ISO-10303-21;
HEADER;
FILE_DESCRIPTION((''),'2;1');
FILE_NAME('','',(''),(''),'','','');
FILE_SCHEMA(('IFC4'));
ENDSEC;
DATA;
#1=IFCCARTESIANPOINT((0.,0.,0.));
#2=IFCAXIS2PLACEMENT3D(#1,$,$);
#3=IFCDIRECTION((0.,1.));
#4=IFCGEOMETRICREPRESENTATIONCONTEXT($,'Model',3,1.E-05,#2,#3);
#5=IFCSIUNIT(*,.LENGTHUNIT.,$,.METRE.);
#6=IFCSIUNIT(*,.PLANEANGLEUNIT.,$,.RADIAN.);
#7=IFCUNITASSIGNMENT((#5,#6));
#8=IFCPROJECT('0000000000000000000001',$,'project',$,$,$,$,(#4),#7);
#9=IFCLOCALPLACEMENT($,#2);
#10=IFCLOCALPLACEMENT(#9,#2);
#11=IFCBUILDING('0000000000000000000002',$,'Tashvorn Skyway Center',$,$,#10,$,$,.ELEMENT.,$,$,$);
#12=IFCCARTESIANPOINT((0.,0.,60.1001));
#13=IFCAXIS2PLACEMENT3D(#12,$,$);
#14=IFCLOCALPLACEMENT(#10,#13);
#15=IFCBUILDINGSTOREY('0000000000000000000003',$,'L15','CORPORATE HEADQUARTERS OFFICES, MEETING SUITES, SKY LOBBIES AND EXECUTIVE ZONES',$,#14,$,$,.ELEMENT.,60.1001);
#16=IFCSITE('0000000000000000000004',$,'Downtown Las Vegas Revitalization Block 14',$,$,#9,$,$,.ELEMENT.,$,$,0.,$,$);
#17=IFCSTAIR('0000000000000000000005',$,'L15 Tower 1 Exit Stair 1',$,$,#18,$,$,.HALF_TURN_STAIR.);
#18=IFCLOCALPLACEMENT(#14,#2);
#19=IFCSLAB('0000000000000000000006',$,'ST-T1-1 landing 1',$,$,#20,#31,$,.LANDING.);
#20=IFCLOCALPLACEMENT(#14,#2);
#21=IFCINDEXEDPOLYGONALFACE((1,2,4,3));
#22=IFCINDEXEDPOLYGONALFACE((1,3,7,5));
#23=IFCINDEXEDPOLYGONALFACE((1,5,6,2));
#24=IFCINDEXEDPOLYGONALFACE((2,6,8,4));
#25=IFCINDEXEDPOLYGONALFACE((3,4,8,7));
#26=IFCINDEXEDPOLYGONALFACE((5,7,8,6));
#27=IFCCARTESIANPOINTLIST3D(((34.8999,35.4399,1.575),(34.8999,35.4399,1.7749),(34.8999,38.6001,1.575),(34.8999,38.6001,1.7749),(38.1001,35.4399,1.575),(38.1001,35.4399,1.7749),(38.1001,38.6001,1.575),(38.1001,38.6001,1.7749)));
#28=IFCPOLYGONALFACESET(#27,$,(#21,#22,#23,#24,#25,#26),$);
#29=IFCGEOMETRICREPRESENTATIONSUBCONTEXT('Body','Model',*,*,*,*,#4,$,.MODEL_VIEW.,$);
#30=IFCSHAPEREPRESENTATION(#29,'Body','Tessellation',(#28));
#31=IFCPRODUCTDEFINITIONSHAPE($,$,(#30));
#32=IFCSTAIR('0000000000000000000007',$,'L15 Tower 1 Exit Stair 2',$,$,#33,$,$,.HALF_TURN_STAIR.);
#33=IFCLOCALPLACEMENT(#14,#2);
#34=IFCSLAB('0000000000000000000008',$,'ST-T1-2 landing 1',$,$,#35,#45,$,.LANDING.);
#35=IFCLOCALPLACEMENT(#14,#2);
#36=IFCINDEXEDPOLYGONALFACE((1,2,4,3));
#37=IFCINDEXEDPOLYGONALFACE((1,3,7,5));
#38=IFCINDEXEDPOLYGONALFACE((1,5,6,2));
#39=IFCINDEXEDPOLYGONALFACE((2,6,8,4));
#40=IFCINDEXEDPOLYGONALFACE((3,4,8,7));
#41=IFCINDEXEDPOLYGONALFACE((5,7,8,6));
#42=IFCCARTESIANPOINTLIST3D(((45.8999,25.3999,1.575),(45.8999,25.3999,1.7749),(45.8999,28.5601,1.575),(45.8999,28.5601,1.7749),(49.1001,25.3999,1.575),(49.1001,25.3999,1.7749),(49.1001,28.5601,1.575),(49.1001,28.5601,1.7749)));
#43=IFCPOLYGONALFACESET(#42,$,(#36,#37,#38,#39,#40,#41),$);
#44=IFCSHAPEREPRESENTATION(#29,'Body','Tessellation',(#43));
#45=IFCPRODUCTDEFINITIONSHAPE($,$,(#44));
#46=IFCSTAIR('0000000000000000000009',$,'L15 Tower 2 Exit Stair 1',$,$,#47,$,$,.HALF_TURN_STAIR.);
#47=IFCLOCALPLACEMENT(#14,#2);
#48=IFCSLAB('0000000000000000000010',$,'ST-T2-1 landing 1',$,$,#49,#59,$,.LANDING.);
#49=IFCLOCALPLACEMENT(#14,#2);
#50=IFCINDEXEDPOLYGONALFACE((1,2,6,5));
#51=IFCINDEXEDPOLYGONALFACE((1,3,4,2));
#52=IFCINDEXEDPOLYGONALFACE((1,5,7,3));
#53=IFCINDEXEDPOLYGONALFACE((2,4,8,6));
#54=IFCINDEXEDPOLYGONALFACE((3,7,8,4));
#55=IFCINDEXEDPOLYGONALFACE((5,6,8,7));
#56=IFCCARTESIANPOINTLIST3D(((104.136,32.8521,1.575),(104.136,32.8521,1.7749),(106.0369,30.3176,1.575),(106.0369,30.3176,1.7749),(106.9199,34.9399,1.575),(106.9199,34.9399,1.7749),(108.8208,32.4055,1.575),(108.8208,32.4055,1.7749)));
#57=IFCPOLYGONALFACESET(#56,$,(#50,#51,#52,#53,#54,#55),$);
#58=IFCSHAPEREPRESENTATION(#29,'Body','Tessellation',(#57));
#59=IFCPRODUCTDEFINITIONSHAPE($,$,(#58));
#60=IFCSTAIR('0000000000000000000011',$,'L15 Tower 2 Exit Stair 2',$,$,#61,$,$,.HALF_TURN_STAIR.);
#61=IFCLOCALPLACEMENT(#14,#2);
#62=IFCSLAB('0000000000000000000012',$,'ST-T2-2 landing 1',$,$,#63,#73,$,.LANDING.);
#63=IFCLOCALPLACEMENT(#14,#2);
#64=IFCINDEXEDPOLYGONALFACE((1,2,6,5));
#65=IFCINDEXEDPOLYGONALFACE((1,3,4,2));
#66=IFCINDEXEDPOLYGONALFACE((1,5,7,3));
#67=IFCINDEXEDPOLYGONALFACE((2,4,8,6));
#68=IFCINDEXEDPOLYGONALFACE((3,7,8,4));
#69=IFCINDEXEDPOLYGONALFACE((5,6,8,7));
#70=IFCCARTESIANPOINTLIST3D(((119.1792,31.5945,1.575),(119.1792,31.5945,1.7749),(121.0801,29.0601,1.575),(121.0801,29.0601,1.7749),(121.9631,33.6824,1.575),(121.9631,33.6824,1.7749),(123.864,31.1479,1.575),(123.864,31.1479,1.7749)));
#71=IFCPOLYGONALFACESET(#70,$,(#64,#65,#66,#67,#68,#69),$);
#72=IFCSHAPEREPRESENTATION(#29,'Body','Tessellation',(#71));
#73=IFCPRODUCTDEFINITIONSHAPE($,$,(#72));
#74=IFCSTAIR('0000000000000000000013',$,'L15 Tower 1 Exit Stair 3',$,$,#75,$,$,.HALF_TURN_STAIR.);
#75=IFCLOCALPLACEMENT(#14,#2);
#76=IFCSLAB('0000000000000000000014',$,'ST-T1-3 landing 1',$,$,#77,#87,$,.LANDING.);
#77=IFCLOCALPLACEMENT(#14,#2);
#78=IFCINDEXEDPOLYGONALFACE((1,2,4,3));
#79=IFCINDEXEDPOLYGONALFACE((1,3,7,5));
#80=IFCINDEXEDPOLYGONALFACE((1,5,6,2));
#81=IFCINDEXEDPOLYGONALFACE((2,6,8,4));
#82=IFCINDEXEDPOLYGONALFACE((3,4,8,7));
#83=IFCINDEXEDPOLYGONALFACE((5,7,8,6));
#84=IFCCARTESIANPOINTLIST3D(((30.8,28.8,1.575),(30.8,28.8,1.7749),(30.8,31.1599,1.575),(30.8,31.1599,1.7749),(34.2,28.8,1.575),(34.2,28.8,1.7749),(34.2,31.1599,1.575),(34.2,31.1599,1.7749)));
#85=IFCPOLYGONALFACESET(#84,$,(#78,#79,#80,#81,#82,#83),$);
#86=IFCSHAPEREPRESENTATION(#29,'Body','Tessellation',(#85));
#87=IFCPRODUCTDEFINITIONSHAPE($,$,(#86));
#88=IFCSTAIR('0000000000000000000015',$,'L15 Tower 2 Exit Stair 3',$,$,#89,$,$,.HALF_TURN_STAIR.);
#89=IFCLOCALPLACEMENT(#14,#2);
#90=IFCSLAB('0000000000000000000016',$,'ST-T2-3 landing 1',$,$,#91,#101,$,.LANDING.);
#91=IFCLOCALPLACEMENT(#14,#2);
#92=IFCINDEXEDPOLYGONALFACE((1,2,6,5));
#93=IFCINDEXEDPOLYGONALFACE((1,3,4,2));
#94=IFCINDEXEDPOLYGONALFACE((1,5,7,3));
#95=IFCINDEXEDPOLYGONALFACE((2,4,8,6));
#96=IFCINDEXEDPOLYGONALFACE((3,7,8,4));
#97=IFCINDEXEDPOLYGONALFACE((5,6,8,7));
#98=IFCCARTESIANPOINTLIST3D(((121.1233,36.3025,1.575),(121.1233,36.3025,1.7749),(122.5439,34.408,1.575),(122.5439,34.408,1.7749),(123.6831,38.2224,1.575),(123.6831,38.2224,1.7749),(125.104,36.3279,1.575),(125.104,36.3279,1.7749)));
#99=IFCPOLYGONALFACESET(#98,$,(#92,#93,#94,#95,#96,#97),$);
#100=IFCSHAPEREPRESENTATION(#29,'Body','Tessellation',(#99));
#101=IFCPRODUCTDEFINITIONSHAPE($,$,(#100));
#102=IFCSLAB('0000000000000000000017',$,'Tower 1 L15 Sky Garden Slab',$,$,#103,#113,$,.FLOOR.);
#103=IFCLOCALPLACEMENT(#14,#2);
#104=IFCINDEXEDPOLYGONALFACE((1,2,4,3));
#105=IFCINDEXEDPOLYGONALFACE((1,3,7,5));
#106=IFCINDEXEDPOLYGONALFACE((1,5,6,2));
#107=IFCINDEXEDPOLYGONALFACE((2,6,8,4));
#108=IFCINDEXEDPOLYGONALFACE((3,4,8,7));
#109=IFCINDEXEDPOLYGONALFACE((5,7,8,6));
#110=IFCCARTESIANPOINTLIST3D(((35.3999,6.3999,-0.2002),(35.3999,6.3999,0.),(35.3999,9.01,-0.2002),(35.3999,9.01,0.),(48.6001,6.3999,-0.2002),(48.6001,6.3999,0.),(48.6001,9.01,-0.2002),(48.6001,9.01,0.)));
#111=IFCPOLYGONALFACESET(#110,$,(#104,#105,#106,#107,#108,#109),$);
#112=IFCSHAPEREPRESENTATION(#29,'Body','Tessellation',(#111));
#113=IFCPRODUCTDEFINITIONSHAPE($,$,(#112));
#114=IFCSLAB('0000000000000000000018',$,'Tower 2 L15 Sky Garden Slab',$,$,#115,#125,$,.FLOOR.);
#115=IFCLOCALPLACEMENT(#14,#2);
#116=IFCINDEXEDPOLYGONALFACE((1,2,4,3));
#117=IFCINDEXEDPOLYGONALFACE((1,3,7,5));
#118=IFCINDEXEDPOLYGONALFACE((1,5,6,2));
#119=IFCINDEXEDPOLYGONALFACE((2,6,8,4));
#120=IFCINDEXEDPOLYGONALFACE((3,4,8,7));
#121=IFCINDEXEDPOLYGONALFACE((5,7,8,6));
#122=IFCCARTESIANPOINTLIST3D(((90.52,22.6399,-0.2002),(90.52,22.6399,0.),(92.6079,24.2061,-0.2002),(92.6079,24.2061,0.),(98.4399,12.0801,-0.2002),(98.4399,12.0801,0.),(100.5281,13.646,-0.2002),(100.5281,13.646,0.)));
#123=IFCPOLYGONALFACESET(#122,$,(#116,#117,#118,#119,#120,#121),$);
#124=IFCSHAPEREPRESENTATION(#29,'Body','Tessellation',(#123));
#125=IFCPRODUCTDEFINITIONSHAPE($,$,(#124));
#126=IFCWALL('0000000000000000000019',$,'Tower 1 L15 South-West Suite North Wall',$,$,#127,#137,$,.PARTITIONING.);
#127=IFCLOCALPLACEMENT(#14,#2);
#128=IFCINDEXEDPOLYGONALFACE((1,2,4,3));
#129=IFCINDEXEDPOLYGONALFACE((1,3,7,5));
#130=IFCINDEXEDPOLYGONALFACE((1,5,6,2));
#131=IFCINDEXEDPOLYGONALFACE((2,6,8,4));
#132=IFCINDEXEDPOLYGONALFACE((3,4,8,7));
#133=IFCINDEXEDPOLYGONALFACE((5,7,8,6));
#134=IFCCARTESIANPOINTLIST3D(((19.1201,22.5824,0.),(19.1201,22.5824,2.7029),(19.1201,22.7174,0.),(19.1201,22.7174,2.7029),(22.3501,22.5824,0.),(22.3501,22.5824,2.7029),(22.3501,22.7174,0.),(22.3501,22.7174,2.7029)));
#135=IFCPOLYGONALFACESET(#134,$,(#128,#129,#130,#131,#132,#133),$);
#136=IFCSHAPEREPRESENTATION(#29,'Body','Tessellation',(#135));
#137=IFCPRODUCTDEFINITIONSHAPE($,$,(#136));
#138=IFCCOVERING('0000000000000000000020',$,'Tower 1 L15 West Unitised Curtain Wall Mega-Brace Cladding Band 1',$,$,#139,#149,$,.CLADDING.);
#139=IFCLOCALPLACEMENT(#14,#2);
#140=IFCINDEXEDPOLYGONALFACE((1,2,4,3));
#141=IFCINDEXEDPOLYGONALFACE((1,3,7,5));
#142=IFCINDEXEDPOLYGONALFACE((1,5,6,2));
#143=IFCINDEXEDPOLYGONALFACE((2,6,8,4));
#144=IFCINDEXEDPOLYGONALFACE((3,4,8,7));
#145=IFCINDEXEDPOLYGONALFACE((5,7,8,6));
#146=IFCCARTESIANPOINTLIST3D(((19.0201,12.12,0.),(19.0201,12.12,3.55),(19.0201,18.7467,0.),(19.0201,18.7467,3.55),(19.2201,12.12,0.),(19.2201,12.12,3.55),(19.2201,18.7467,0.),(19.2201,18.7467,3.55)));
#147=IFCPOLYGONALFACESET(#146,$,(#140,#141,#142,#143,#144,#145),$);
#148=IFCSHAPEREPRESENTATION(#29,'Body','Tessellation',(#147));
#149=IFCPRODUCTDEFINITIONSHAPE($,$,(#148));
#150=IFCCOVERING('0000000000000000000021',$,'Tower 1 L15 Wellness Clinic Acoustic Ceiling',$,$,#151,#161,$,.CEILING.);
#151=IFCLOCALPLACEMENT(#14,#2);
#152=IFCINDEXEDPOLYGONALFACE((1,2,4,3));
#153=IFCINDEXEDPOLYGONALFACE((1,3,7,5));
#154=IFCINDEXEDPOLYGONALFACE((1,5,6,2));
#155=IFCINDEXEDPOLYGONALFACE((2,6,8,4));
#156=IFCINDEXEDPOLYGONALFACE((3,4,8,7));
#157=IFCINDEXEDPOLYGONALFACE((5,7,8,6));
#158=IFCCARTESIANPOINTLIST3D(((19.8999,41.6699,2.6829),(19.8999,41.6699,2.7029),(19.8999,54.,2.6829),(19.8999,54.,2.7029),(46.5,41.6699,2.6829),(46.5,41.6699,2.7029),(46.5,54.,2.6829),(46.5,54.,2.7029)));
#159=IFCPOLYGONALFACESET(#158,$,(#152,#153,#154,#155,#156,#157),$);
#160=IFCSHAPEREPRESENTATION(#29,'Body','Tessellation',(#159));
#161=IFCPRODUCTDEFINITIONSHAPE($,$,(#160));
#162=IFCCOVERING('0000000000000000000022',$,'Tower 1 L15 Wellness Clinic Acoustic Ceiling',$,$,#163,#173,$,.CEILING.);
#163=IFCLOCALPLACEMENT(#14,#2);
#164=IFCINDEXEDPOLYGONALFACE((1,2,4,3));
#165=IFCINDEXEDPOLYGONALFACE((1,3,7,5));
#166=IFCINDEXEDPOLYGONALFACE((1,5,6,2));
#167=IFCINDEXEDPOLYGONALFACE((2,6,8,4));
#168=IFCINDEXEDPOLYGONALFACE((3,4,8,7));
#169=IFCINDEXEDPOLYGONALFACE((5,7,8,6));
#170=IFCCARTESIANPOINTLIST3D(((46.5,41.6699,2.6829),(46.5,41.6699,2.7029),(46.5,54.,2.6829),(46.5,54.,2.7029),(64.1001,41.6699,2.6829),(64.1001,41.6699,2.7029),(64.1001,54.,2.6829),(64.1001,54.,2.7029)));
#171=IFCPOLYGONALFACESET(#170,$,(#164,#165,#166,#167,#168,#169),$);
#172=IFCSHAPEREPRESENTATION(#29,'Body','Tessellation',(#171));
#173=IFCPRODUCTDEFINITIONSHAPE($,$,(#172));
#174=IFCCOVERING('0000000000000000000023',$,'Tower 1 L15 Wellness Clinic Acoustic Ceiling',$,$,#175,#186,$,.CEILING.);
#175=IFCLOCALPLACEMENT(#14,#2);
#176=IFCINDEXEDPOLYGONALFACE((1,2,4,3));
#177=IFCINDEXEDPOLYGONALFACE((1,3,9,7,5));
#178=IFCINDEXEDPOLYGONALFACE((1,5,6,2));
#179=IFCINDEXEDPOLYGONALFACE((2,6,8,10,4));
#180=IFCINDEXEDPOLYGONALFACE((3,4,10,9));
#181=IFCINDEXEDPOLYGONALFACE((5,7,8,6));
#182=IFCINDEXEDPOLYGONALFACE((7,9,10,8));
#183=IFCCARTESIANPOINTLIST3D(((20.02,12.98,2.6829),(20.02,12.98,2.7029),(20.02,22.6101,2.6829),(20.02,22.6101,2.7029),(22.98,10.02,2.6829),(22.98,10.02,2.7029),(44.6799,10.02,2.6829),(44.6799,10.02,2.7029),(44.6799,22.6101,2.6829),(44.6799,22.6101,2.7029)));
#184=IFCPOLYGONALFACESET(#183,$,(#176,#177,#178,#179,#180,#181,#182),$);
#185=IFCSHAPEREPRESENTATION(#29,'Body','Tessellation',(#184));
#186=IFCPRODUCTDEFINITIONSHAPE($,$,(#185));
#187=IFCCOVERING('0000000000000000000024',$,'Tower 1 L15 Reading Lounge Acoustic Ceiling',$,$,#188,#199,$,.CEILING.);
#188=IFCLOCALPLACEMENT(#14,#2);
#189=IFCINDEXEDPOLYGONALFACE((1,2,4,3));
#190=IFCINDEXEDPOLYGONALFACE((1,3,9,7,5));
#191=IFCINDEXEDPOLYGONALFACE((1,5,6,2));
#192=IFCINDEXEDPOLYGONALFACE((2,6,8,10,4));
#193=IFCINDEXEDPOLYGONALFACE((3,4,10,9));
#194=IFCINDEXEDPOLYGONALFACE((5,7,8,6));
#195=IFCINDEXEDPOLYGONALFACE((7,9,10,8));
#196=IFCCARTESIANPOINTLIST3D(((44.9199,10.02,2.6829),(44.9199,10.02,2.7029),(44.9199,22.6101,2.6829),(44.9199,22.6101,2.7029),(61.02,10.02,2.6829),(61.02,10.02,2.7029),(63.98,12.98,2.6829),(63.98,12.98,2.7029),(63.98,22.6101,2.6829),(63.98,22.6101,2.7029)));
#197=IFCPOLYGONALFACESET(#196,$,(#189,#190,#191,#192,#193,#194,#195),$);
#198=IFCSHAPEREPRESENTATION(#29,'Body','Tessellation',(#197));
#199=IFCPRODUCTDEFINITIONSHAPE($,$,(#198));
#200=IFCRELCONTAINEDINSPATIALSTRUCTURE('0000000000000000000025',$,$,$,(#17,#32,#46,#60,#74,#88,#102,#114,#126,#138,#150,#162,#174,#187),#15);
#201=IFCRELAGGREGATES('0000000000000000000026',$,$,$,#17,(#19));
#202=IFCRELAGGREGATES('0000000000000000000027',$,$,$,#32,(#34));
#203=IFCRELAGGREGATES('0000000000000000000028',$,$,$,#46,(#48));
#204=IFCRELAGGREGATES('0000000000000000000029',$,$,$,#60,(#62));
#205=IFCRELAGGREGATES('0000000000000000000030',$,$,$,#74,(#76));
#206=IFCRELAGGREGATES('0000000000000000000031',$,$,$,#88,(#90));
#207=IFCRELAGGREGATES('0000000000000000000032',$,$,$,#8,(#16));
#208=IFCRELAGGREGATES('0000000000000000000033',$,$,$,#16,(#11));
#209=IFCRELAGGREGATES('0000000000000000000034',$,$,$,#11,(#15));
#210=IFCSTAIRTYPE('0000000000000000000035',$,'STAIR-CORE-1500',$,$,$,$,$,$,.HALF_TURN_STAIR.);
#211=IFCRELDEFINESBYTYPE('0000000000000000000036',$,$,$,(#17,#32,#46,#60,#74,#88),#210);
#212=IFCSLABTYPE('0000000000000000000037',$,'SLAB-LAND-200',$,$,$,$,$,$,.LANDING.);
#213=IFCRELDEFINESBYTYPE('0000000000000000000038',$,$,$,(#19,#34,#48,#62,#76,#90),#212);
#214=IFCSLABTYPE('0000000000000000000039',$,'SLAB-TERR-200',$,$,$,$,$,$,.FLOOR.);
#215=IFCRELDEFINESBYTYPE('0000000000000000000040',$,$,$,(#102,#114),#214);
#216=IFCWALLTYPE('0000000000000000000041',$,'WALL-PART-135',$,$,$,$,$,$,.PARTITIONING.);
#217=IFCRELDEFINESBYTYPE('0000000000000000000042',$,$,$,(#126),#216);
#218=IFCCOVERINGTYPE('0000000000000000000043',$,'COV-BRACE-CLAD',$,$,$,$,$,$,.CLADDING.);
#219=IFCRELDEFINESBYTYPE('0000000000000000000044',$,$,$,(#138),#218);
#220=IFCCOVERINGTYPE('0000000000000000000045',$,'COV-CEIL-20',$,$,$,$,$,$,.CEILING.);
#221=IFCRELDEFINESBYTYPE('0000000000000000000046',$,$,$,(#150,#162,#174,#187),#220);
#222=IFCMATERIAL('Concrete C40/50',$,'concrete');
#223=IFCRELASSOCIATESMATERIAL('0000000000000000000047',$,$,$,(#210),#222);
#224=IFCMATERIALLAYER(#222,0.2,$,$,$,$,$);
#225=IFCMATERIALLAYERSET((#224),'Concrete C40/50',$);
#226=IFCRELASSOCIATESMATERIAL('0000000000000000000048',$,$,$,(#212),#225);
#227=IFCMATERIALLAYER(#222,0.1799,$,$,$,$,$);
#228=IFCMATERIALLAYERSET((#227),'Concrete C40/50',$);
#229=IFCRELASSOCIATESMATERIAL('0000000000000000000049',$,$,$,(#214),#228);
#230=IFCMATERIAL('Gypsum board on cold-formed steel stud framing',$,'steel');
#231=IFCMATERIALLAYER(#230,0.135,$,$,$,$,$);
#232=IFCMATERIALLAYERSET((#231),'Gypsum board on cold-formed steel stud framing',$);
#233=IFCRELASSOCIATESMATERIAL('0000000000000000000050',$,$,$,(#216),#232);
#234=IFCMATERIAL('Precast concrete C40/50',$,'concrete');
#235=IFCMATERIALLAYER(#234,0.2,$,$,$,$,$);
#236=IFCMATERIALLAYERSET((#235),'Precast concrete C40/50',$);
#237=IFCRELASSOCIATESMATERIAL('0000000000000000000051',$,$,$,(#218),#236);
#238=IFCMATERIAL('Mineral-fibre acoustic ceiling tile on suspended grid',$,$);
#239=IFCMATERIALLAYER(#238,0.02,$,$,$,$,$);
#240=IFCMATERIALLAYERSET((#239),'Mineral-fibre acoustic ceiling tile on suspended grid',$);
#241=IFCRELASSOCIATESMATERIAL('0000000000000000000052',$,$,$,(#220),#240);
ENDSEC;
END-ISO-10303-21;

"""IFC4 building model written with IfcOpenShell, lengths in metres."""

from ifc_helpers import new_model, si_unit, direction, frame, frame_2d, origin, origin_2d, place, context, subcontext, project, spatial, polyline, rectangle, outline, extrude, material, layer, layer_set, type_object, element, aggregate, save


model = new_model("IFC4")

# Units and contexts
model_context = context("Model", 3, precision=1e-05, world=origin(), true_north=direction((0.0, 1.0)))
body_context = subcontext(model_context, "Body", "Model", "MODEL_VIEW")
ifc_project = project(units=[si_unit("LENGTHUNIT", "METRE"), si_unit("PLANEANGLEUNIT", "RADIAN")], contexts=[model_context])

# Site, building, storey
site_placement = place(None, origin())
site = spatial("IfcSite", under=ifc_project, at=site_placement, Name="Downtown Las Vegas Revitalization Block 14", CompositionType="ELEMENT", RefElevation=0.0)
building_placement = place(site_placement, origin())
building = spatial("IfcBuilding", under=site, at=building_placement, Name="Tashvorn Skyway Center", CompositionType="ELEMENT")
storey_placement = place(building_placement, frame((0.0, 0.0, 60.1001)))
storey = spatial("IfcBuildingStorey", under=building, at=storey_placement, Name="L15", Description="CORPORATE HEADQUARTERS OFFICES, MEETING SUITES, SKY LOBBIES AND EXECUTIVE ZONES", CompositionType="ELEMENT", Elevation=60.1001)

# Shared definitions
ifc_material_1 = material(Name="Concrete C40/50", Category="concrete")

# Stairs, slabs
stair_type = type_object("IfcStairType", Name="STAIR-CORE-1500", PredefinedType="HALF_TURN_STAIR", material=ifc_material_1)
stair_1_placement = place(storey_placement, origin())
stair_1 = element("IfcStair", 1, at=stair_1_placement, inside=storey, type_object=stair_type, Name="L15 Tower 1 Exit Stair 1", PredefinedType="HALF_TURN_STAIR")
ifc_layer_1 = layer(ifc_material_1, 0.2)
ifc_layer_set_1 = layer_set([ifc_layer_1], Name="Concrete C40/50")
slab_type_1 = type_object("IfcSlabType", Name="SLAB-LAND-200", PredefinedType="LANDING", material=ifc_layer_set_1)
slab_1_placement = place(storey_placement, frame((0.0, 0.0, 1.575)))
slab_1 = element("IfcSlab", 2, at=slab_1_placement, type_object=slab_type_1, Name="ST-T1-1 landing 1", PredefinedType="LANDING", context=body_context, shape_type="SweptSolid", body=[
    extrude(outline(polyline([(38.1001, 35.4399), (38.1001, 38.6001), (34.8999, 38.6001), (34.8999, 35.4399), (38.1001, 35.4399)])), origin(), (0.0, 0.0, 1.0), 0.2),
])
aggregate(stair_1, [slab_1])
stair_2_placement = place(storey_placement, origin())
stair_2 = element("IfcStair", 3, at=stair_2_placement, inside=storey, type_object=stair_type, Name="L15 Tower 1 Exit Stair 2", PredefinedType="HALF_TURN_STAIR")
slab_2_placement = place(storey_placement, frame((0.0, 0.0, 1.575)))
slab_2 = element("IfcSlab", 4, at=slab_2_placement, type_object=slab_type_1, Name="ST-T1-2 landing 1", PredefinedType="LANDING", context=body_context, shape_type="SweptSolid", body=[
    extrude(outline(polyline([(45.8999, 28.5601), (45.8999, 25.3999), (49.1001, 25.3999), (49.1001, 28.5601), (45.8999, 28.5601)])), origin(), (0.0, 0.0, 1.0), 0.2),
])
aggregate(stair_2, [slab_2])
stair_3_placement = place(storey_placement, origin())
stair_3 = element("IfcStair", 5, at=stair_3_placement, inside=storey, type_object=stair_type, Name="L15 Tower 2 Exit Stair 1", PredefinedType="HALF_TURN_STAIR")
slab_3_placement = place(storey_placement, frame((0.0, 0.0, 1.575)))
slab_3 = element("IfcSlab", 6, at=slab_3_placement, type_object=slab_type_1, Name="ST-T2-1 landing 1", PredefinedType="LANDING", context=body_context, shape_type="SweptSolid", body=[
    extrude(outline(polyline([(108.8208, 32.4055), (106.9199, 34.9399), (104.136, 32.8521), (106.0369, 30.3176), (108.8208, 32.4055)])), origin(), (0.0, 0.0, 1.0), 0.2),
])
aggregate(stair_3, [slab_3])
stair_4_placement = place(storey_placement, origin())
stair_4 = element("IfcStair", 7, at=stair_4_placement, inside=storey, type_object=stair_type, Name="L15 Tower 2 Exit Stair 2", PredefinedType="HALF_TURN_STAIR")
slab_4_placement = place(storey_placement, frame((0.0, 0.0, 1.575)))
slab_4 = element("IfcSlab", 8, at=slab_4_placement, type_object=slab_type_1, Name="ST-T2-2 landing 1", PredefinedType="LANDING", context=body_context, shape_type="SweptSolid", body=[
    extrude(outline(polyline([(119.1792, 31.5945), (121.0801, 29.0601), (123.864, 31.1479), (121.9631, 33.6824), (119.1792, 31.5945)])), origin(), (0.0, 0.0, 1.0), 0.2),
])
aggregate(stair_4, [slab_4])
stair_5_placement = place(storey_placement, origin())
stair_5 = element("IfcStair", 9, at=stair_5_placement, inside=storey, type_object=stair_type, Name="L15 Tower 1 Exit Stair 3", PredefinedType="HALF_TURN_STAIR")
slab_5_placement = place(storey_placement, frame((0.0, 0.0, 1.575)))
slab_5 = element("IfcSlab", 10, at=slab_5_placement, type_object=slab_type_1, Name="ST-T1-3 landing 1", PredefinedType="LANDING", context=body_context, shape_type="SweptSolid", body=[
    extrude(outline(polyline([(30.8, 31.1599), (30.8, 28.8), (34.2, 28.8), (34.2, 31.1599), (30.8, 31.1599)])), origin(), (0.0, 0.0, 1.0), 0.2),
])
aggregate(stair_5, [slab_5])
stair_6_placement = place(storey_placement, origin())
stair_6 = element("IfcStair", 11, at=stair_6_placement, inside=storey, type_object=stair_type, Name="L15 Tower 2 Exit Stair 3", PredefinedType="HALF_TURN_STAIR")
slab_6_placement = place(storey_placement, frame((0.0, 0.0, 1.575)))
slab_6 = element("IfcSlab", 12, at=slab_6_placement, type_object=slab_type_1, Name="ST-T2-3 landing 1", PredefinedType="LANDING", context=body_context, shape_type="SweptSolid", body=[
    extrude(outline(polyline([(121.1233, 36.3025), (122.5439, 34.408), (125.104, 36.3279), (123.6831, 38.2224), (121.1233, 36.3025)])), origin(), (0.0, 0.0, 1.0), 0.2),
])
aggregate(stair_6, [slab_6])

# Slabs
ifc_layer_2 = layer(ifc_material_1, 0.1799)
ifc_layer_set_2 = layer_set([ifc_layer_2], Name="Concrete C40/50")
slab_type_2 = type_object("IfcSlabType", Name="SLAB-TERR-200", PredefinedType="FLOOR", material=ifc_layer_set_2)
slab_7_placement = place(storey_placement, frame((0.0, 0.0, -0.2002)))
element("IfcSlab", 13, at=slab_7_placement, inside=storey, type_object=slab_type_2, Name="Tower 1 L15 Sky Garden Slab", PredefinedType="FLOOR", context=body_context, shape_type="SweptSolid", body=[
    extrude(outline(polyline([(35.3999, 6.3999), (48.6001, 6.3999), (48.6001, 9.01), (35.3999, 9.01), (35.3999, 6.3999)])), origin(), (0.0, 0.0, 1.0), 0.2002),
])
slab_8_placement = place(storey_placement, frame((0.0, 0.0, -0.2002)))
element("IfcSlab", 14, at=slab_8_placement, inside=storey, type_object=slab_type_2, Name="Tower 2 L15 Sky Garden Slab", PredefinedType="FLOOR", context=body_context, shape_type="SweptSolid", body=[
    extrude(outline(polyline([(98.4399, 12.0801), (100.5281, 13.646), (92.6079, 24.2061), (90.52, 22.6399), (98.4399, 12.0801)])), origin(), (0.0, 0.0, 1.0), 0.2002),
])

# Wall
ifc_material_2 = material(Name="Gypsum board on cold-formed steel stud framing", Category="steel")
ifc_layer_3 = layer(ifc_material_2, 0.135)
ifc_layer_set_3 = layer_set([ifc_layer_3], Name="Gypsum board on cold-formed steel stud framing")
wall_type = type_object("IfcWallType", Name="WALL-PART-135", PredefinedType="PARTITIONING", material=ifc_layer_set_3)
wall_placement = place(storey_placement, frame((19.1201, 22.6499, 0.0), z_axis=(0.0, 0.0, 1.0), x_axis=(1.0, 0.0, 0.0)))
element("IfcWall", 15, at=wall_placement, inside=storey, type_object=wall_type, Name="Tower 1 L15 South-West Suite North Wall", PredefinedType="PARTITIONING", context=body_context, shape_type="SweptSolid", body=[
    extrude(rectangle(XDim=3.23, YDim=0.135, at=frame_2d((1.615, 0.0))), origin(), (0.0, 0.0, 1.0), 2.7029),
])

# Coverings
ifc_material_3 = material(Name="Precast concrete C40/50", Category="concrete")
ifc_layer_4 = layer(ifc_material_3, 0.2)
ifc_layer_set_4 = layer_set([ifc_layer_4], Name="Precast concrete C40/50")
covering_type_1 = type_object("IfcCoveringType", Name="COV-BRACE-CLAD", PredefinedType="CLADDING", material=ifc_layer_set_4)
covering_1_placement = place(storey_placement, frame((19.1201, 15.4333, 0.0), z_axis=(0.0, 0.0, 1.0), x_axis=(0.0, 1.0, 0.0)))
element("IfcCovering", 16, at=covering_1_placement, inside=storey, type_object=covering_type_1, Name="Tower 1 L15 West Unitised Curtain Wall Mega-Brace Cladding Band 1", PredefinedType="CLADDING", context=body_context, shape_type="SweptSolid", body=[
    extrude(rectangle(XDim=6.6267, YDim=0.2, at=origin_2d()), origin(), (0.0, 0.0, 1.0), 3.55),
])
ifc_material_4 = material(Name="Mineral-fibre acoustic ceiling tile on suspended grid")
ifc_layer_5 = layer(ifc_material_4, 0.02)
ifc_layer_set_5 = layer_set([ifc_layer_5], Name="Mineral-fibre acoustic ceiling tile on suspended grid")
covering_type_2 = type_object("IfcCoveringType", Name="COV-CEIL-20", PredefinedType="CEILING", material=ifc_layer_set_5)
covering_2_placement = place(storey_placement, frame((0.0, 0.0, 2.6829)))
element("IfcCovering", 17, at=covering_2_placement, inside=storey, type_object=covering_type_2, Name="Tower 1 L15 Wellness Clinic Acoustic Ceiling", PredefinedType="CEILING", context=body_context, shape_type="SweptSolid", body=[
    extrude(outline(polyline([(19.8999, 41.6699), (46.5, 41.6699), (46.5, 54.0), (19.8999, 54.0), (19.8999, 41.6699)])), origin(), (0.0, 0.0, 1.0), 0.02),
])
covering_3_placement = place(storey_placement, frame((0.0, 0.0, 2.6829)))
element("IfcCovering", 18, at=covering_3_placement, inside=storey, type_object=covering_type_2, Name="Tower 1 L15 Wellness Clinic Acoustic Ceiling", PredefinedType="CEILING", context=body_context, shape_type="SweptSolid", body=[
    extrude(outline(polyline([(46.5, 41.6699), (64.1001, 41.6699), (64.1001, 54.0), (46.5, 54.0), (46.5, 41.6699)])), origin(), (0.0, 0.0, 1.0), 0.02),
])
covering_4_placement = place(storey_placement, frame((0.0, 0.0, 2.6829)))
element("IfcCovering", 19, at=covering_4_placement, inside=storey, type_object=covering_type_2, Name="Tower 1 L15 Wellness Clinic Acoustic Ceiling", PredefinedType="CEILING", context=body_context, shape_type="SweptSolid", body=[
    extrude(outline(polyline([(20.02, 22.6101), (44.6799, 22.6101), (44.6799, 10.02), (22.98, 10.02), (20.02, 12.98), (20.02, 22.6101)])), origin(), (0.0, 0.0, 1.0), 0.02),
])
covering_5_placement = place(storey_placement, frame((0.0, 0.0, 2.6829)))
element("IfcCovering", 20, at=covering_5_placement, inside=storey, type_object=covering_type_2, Name="Tower 1 L15 Reading Lounge Acoustic Ceiling", PredefinedType="CEILING", context=body_context, shape_type="SweptSolid", body=[
    extrude(outline(polyline([(44.9199, 10.02), (44.9199, 22.6101), (63.98, 22.6101), (63.98, 12.98), (61.02, 10.02), (44.9199, 10.02)])), origin(), (0.0, 0.0, 1.0), 0.02),
])

save(model, "model.ifc")
